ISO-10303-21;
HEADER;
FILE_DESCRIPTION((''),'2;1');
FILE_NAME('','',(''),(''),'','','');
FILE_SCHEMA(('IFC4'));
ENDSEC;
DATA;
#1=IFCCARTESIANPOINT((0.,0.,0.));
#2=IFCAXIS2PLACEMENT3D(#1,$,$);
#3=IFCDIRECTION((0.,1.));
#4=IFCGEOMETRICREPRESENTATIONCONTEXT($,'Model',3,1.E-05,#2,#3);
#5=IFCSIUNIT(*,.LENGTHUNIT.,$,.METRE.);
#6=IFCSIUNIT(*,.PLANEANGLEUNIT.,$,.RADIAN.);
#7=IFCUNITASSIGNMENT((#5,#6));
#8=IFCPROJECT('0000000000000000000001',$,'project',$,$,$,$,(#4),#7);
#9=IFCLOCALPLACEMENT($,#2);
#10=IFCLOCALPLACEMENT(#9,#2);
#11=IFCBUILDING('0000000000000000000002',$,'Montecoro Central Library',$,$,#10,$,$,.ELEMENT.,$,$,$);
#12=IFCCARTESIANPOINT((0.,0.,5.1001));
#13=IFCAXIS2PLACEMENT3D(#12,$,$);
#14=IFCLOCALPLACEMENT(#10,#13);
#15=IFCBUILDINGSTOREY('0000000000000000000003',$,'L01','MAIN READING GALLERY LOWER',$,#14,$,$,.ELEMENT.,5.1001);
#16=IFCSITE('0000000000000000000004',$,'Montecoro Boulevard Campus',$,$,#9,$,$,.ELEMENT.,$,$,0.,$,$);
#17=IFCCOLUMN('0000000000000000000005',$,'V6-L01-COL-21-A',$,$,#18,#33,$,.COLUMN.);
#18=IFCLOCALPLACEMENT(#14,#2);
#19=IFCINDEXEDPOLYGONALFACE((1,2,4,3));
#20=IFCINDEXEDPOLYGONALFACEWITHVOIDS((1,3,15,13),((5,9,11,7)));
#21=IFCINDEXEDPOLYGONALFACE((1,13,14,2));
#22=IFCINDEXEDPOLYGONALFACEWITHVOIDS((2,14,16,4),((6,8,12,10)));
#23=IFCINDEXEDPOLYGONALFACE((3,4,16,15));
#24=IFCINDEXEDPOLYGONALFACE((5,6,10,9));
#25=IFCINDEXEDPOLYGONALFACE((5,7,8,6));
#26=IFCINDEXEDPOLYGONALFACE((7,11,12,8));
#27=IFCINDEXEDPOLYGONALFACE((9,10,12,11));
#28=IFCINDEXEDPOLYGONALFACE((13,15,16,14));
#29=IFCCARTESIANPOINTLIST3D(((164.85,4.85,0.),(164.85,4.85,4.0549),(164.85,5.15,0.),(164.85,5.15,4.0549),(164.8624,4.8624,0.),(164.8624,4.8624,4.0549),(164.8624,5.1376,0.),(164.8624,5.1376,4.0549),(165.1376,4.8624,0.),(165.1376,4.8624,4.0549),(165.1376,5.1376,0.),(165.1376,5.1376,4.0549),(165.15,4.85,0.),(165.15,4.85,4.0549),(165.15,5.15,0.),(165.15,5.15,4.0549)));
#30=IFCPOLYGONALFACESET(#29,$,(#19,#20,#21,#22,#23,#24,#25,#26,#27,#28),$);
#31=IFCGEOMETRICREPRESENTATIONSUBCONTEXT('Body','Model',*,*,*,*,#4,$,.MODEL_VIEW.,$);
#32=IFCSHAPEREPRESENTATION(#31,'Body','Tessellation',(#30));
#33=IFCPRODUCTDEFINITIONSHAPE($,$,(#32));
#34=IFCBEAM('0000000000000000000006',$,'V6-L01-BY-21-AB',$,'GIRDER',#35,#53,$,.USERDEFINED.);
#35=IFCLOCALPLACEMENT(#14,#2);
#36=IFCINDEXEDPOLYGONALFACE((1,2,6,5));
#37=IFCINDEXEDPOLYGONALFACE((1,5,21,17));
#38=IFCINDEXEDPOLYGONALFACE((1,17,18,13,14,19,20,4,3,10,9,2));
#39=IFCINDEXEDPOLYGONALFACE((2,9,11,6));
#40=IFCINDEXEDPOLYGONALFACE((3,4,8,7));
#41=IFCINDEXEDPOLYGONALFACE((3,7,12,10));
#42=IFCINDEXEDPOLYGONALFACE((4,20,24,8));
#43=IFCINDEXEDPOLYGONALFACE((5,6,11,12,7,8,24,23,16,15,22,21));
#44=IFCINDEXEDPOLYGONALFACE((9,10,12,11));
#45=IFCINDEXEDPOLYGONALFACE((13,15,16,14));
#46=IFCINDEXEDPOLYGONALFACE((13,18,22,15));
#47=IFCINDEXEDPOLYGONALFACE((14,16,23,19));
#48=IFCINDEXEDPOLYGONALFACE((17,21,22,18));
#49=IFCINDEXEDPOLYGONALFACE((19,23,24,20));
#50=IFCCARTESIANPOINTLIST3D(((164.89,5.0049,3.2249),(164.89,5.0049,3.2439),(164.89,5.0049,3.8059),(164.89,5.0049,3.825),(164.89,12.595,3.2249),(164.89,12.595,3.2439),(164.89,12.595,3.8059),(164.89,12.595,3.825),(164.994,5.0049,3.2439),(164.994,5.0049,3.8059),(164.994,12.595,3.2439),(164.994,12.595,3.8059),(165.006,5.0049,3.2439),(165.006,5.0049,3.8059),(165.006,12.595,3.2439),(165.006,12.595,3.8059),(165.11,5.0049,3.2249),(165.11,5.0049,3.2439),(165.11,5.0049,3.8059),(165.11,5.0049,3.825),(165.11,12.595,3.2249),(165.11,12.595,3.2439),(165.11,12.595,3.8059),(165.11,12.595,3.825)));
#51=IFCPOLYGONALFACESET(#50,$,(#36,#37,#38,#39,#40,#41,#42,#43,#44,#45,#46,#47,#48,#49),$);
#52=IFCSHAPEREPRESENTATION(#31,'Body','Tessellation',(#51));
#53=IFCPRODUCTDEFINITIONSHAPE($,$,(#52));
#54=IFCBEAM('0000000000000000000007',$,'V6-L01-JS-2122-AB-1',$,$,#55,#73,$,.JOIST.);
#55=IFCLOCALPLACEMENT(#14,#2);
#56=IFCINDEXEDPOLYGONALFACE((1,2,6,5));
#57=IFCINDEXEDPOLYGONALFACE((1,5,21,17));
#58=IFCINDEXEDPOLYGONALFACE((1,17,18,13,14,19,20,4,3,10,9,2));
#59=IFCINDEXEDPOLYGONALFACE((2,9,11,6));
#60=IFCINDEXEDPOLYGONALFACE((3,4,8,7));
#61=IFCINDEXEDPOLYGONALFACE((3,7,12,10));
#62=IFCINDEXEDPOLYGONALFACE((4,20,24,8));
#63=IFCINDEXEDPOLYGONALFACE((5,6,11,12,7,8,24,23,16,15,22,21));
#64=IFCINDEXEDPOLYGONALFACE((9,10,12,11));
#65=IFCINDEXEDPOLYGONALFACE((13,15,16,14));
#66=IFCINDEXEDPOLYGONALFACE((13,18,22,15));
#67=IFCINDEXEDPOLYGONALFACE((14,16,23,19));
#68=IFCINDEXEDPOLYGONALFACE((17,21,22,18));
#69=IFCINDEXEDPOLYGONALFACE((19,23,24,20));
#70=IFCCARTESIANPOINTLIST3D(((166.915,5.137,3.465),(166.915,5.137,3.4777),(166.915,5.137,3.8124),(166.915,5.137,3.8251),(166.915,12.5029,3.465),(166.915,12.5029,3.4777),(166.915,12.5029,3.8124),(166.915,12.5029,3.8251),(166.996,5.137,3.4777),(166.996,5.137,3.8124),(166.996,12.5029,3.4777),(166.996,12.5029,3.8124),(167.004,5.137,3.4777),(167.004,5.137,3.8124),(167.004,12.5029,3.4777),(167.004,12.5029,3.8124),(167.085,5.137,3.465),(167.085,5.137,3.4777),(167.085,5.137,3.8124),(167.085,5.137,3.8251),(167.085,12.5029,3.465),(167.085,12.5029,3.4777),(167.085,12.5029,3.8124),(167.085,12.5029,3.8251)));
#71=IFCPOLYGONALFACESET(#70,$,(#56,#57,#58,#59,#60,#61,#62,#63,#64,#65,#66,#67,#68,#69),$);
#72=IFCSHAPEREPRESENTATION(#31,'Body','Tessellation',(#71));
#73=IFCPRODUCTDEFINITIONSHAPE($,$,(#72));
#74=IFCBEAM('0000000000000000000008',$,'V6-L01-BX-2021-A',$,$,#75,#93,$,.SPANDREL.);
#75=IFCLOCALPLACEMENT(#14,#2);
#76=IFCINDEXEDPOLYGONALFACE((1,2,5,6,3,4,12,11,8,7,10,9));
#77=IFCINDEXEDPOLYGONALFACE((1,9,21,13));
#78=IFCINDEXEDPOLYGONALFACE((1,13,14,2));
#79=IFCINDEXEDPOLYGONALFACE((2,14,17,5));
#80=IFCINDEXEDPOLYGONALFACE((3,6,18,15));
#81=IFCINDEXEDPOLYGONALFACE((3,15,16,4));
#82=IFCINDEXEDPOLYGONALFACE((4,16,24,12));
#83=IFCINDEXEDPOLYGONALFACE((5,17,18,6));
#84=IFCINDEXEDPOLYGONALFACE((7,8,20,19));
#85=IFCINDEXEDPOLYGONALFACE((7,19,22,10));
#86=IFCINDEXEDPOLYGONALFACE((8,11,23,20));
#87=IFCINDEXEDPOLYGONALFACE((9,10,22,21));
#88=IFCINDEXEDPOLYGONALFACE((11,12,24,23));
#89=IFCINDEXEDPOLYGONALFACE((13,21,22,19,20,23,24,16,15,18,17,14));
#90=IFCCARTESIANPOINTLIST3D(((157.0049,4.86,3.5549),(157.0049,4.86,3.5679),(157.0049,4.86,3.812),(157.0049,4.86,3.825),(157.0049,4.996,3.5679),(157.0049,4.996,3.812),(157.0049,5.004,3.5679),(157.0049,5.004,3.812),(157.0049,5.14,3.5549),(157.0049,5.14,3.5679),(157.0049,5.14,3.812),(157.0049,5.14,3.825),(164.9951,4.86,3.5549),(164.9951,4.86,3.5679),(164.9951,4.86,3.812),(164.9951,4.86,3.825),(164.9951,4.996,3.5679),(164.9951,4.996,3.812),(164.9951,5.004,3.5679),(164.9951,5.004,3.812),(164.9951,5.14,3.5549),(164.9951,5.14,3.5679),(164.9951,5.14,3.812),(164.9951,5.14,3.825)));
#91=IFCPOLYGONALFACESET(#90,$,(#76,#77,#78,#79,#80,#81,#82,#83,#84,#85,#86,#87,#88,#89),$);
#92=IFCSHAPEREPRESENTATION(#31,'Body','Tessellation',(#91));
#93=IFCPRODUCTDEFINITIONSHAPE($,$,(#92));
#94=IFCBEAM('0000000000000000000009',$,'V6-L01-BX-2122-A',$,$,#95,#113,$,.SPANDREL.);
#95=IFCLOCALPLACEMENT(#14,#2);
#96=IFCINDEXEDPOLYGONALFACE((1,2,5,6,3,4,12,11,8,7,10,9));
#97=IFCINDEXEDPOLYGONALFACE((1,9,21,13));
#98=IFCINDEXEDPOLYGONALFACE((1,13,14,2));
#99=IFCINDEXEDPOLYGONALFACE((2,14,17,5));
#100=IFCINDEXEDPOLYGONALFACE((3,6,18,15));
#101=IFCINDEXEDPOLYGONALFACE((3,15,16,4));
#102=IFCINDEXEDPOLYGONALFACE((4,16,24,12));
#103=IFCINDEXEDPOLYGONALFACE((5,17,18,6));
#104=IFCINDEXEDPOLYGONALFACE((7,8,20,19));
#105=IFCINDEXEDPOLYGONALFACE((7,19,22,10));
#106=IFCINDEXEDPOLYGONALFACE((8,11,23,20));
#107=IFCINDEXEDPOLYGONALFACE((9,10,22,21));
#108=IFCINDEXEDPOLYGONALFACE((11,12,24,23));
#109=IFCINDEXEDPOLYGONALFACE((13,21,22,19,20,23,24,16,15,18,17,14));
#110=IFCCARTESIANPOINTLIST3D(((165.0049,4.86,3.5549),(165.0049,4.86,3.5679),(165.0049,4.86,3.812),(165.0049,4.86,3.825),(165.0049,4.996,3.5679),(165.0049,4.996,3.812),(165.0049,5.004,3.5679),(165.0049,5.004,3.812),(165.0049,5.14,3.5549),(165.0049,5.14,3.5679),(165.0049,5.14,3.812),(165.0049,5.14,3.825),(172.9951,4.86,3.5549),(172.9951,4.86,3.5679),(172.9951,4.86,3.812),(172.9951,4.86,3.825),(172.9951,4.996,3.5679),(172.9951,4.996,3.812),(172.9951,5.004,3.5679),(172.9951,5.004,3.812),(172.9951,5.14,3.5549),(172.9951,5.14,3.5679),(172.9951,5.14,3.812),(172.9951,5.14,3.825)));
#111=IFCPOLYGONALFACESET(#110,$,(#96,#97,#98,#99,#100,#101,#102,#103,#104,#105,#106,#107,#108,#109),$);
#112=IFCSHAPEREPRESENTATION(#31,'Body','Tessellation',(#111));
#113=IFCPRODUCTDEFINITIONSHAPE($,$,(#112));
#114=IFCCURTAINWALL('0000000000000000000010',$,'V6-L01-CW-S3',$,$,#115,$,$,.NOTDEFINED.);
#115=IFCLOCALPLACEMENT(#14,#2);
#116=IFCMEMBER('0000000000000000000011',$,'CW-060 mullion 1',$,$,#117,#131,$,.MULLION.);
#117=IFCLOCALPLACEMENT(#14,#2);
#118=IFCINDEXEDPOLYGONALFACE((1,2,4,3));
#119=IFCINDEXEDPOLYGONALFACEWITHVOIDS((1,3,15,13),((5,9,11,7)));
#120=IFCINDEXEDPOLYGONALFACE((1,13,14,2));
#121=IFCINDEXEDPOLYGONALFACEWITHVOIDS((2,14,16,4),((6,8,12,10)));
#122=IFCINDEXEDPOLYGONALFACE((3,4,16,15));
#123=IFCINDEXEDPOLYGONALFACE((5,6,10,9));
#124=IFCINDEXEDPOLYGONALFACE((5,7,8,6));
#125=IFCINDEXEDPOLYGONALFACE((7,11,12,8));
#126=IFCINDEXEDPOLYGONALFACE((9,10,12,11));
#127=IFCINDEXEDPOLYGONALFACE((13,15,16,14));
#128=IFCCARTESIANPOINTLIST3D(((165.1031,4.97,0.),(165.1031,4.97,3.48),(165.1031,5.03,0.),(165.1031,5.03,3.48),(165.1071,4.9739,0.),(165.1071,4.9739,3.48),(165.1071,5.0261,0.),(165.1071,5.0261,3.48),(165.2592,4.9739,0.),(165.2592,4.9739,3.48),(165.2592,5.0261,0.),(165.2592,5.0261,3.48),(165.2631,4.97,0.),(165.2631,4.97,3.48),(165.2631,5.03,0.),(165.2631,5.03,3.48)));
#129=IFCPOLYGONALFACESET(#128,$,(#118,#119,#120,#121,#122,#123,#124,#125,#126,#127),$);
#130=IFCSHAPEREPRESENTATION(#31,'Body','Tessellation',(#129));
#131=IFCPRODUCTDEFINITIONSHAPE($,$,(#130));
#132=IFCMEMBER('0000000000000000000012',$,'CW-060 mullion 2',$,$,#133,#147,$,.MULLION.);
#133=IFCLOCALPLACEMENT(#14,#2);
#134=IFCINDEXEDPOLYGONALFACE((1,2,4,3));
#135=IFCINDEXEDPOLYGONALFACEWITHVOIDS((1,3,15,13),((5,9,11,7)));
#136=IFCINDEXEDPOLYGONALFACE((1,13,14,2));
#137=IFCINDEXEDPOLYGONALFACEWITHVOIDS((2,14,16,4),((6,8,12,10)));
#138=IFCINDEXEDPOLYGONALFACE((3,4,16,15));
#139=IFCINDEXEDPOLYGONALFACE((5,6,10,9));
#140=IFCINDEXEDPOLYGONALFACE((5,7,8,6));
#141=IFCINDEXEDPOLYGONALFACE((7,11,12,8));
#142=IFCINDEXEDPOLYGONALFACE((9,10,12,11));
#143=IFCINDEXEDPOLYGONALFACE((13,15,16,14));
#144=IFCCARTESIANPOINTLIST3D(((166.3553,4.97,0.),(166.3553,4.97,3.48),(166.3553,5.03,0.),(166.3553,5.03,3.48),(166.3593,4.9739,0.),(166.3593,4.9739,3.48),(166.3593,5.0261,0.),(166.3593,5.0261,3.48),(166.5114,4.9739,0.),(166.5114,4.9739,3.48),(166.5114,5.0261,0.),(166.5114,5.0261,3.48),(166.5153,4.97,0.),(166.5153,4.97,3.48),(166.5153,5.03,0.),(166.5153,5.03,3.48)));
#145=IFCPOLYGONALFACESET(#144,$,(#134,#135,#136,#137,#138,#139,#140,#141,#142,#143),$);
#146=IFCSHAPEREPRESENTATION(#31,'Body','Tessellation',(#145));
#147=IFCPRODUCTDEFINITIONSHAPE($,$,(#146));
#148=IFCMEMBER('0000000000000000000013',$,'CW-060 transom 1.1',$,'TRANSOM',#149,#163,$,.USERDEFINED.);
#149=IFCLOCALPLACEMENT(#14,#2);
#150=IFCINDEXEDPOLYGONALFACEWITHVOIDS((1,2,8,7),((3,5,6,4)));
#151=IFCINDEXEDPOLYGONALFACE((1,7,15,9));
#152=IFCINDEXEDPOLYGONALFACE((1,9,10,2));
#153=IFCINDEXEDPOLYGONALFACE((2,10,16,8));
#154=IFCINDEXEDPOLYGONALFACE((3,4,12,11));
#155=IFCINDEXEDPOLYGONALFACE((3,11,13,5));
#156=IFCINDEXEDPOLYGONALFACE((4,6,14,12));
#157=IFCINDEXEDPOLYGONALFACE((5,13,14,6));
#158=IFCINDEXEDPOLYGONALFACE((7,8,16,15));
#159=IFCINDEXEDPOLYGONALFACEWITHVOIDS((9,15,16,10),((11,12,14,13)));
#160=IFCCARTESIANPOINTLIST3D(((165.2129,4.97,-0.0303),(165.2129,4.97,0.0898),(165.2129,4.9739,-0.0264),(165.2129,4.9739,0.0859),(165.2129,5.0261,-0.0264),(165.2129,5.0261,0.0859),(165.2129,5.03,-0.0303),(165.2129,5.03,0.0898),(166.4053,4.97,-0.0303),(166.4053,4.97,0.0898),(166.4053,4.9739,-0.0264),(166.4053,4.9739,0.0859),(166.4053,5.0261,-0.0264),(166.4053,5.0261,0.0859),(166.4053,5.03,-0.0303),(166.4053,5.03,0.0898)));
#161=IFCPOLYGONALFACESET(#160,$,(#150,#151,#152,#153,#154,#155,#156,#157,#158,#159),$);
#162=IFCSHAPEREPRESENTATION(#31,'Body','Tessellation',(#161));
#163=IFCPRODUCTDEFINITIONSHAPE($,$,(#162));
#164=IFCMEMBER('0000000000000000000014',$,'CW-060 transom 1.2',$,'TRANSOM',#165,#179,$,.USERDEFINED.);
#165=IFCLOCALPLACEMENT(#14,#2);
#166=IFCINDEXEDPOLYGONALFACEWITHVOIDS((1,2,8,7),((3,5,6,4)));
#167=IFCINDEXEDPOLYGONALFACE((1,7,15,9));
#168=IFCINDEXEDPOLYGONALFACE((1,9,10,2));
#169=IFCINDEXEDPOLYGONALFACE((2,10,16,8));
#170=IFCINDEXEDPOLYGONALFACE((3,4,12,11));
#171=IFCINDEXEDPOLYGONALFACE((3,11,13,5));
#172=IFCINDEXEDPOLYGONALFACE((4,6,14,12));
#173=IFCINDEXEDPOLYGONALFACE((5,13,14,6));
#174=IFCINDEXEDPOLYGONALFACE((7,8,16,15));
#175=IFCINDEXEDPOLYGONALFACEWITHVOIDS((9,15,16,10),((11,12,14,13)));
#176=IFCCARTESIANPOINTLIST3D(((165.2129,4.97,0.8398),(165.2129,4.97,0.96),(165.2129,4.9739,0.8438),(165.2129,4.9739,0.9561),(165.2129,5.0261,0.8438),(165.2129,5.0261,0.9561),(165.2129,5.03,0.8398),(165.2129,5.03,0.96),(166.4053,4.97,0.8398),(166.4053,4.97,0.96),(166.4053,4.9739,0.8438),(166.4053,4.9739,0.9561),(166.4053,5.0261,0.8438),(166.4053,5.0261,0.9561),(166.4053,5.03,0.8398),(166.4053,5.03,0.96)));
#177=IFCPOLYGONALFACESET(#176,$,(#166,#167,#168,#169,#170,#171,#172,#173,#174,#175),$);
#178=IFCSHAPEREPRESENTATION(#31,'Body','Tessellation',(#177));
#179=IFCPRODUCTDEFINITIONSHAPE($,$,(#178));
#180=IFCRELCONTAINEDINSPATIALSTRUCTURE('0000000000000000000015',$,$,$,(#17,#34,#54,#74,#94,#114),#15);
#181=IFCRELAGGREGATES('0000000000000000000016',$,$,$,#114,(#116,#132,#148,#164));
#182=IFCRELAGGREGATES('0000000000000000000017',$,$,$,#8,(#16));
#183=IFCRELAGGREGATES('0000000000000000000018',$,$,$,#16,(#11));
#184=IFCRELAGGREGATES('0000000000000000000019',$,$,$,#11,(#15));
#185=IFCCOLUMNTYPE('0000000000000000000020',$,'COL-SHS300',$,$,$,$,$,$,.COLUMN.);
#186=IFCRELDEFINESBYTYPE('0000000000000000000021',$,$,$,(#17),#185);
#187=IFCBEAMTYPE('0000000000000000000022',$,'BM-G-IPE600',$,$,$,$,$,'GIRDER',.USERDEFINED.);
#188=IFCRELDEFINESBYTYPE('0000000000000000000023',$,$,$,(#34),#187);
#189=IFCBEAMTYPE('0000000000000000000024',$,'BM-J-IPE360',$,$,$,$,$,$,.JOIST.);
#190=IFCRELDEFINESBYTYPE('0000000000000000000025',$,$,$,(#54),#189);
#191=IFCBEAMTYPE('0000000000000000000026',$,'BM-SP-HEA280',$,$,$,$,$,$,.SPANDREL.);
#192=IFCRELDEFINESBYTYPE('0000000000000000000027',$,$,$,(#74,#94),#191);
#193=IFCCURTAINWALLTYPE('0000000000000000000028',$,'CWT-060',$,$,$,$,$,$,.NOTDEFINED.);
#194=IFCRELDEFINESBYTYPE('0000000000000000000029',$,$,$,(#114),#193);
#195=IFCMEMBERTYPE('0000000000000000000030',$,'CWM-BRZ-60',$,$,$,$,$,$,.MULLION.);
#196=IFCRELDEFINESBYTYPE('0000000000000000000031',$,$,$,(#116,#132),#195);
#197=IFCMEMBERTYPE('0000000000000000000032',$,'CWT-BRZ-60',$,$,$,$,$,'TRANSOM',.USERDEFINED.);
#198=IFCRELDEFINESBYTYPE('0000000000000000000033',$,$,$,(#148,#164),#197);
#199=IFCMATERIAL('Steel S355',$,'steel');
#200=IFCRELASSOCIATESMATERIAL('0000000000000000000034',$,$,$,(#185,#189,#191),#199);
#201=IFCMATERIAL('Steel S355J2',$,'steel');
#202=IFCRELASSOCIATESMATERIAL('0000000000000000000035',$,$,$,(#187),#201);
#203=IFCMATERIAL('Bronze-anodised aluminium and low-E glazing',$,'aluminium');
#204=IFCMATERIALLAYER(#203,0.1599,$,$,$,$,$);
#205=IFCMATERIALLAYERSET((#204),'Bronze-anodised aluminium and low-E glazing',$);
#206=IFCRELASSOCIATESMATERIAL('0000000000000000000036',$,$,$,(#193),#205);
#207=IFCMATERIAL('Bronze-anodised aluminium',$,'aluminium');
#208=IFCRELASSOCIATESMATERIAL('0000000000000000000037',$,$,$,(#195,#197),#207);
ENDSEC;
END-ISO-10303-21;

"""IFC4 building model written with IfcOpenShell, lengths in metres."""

from ifc_helpers import new_model, si_unit, direction, frame, origin, origin_2d, place, context, subcontext, project, spatial, hollow_rectangle, i_section, extrude, material, layer, layer_set, material_profile, profile_set, type_object, element, aggregate, save


model = new_model("IFC4")

# Units and contexts
model_context = context("Model", 3, precision=1e-05, world=origin(), true_north=direction((0.0, 1.0)))
body_context = subcontext(model_context, "Body", "Model", "MODEL_VIEW")
ifc_project = project(units=[si_unit("LENGTHUNIT", "METRE"), si_unit("PLANEANGLEUNIT", "RADIAN")], contexts=[model_context])

# Site, building, storey
site_placement = place(None, origin())
site = spatial("IfcSite", under=ifc_project, at=site_placement, Name="Montecoro Boulevard Campus", CompositionType="ELEMENT", RefElevation=0.0)
building_placement = place(site_placement, origin())
building = spatial("IfcBuilding", under=site, at=building_placement, Name="Montecoro Central Library", CompositionType="ELEMENT")
storey_placement = place(building_placement, frame((0.0, 0.0, 5.1001)))
storey = spatial("IfcBuildingStorey", under=building, at=storey_placement, Name="L01", Description="MAIN READING GALLERY LOWER", CompositionType="ELEMENT", Elevation=5.1001)

# Column
ifc_material_1 = material(Name="Steel S355", Category="steel")
ifc_material_profile_1 = material_profile(ifc_material_1, hollow_rectangle(XDim=0.3, YDim=0.3, WallThickness=0.0125, at=origin_2d()), Name="SHS 300x300x12.5")
ifc_profile_set_1 = profile_set([ifc_material_profile_1], Name="Steel S355")
column_type = type_object("IfcColumnType", Name="COL-SHS300", PredefinedType="COLUMN", material=ifc_profile_set_1)
column_placement = place(storey_placement, frame((165.0, 5.0, 0.0), z_axis=(0.0, 0.0, 1.0), x_axis=(1.0, 0.0, 0.0)))
element("IfcColumn", 1, at=column_placement, inside=storey, type_object=column_type, Name="V6-L01-COL-21-A", PredefinedType="COLUMN", context=body_context, shape_type="SweptSolid", body=[
    extrude(hollow_rectangle(XDim=0.3, YDim=0.3, WallThickness=0.0125, at=origin_2d()), origin(), (0.0, 0.0, 1.0), 4.0549),
])

# Beams
ifc_material_2 = material(Name="Steel S355J2", Category="steel")
ifc_material_profile_2 = material_profile(ifc_material_2, i_section(OverallWidth=0.22, OverallDepth=0.6001, WebThickness=0.012, FlangeThickness=0.019, at=origin_2d()), Name="IPE 600")
ifc_profile_set_2 = profile_set([ifc_material_profile_2], Name="Steel S355J2")
beam_type_1 = type_object("IfcBeamType", Name="BM-G-IPE600", ElementType="GIRDER", PredefinedType="USERDEFINED", material=ifc_profile_set_2)
beam_1_placement = place(storey_placement, frame((165.0, 5.0049, 3.5249), z_axis=(0.0, 1.0, 0.0), x_axis=(-1.0, 0.0, 0.0)))
element("IfcBeam", 2, at=beam_1_placement, inside=storey, type_object=beam_type_1, Name="V6-L01-BY-21-AB", ObjectType="GIRDER", PredefinedType="USERDEFINED", context=body_context, shape_type="SweptSolid", body=[
    extrude(i_section(OverallWidth=0.22, OverallDepth=0.6001, WebThickness=0.012, FlangeThickness=0.019, at=origin_2d()), origin(), (0.0, 0.0, 1.0), 7.5901),
])
ifc_material_profile_3 = material_profile(ifc_material_1, i_section(OverallWidth=0.1699, OverallDepth=0.3601, WebThickness=0.0081, FlangeThickness=0.0127, at=origin_2d()), Name="IPE 360")
ifc_profile_set_3 = profile_set([ifc_material_profile_3], Name="Steel S355")
beam_type_2 = type_object("IfcBeamType", Name="BM-J-IPE360", PredefinedType="JOIST", material=ifc_profile_set_3)
beam_2_placement = place(storey_placement, frame((167.0, 5.137, 3.645), z_axis=(0.0, 1.0, 0.0), x_axis=(-1.0, 0.0, 0.0)))
element("IfcBeam", 3, at=beam_2_placement, inside=storey, type_object=beam_type_2, Name="V6-L01-JS-2122-AB-1", PredefinedType="JOIST", context=body_context, shape_type="SweptSolid", body=[
    extrude(i_section(OverallWidth=0.1699, OverallDepth=0.3601, WebThickness=0.0081, FlangeThickness=0.0127, at=origin_2d()), origin(), (0.0, 0.0, 1.0), 7.366),
])
ifc_material_profile_4 = material_profile(ifc_material_1, i_section(OverallWidth=0.28, OverallDepth=0.27, WebThickness=0.0081, FlangeThickness=0.0129, at=origin_2d()), Name="HEA 280")
ifc_profile_set_4 = profile_set([ifc_material_profile_4], Name="Steel S355")
beam_type_3 = type_object("IfcBeamType", Name="BM-SP-HEA280", PredefinedType="SPANDREL", material=ifc_profile_set_4)
for number, where, z_axis, x_axis, name in (
    (4, (157.0049, 5.0, 3.6899), (1.0, 0.0, 0.0), (0.0, 1.0, 0.0), "V6-L01-BX-2021-A"),
    (5, (165.0049, 5.0, 3.6899), (1.0, 0.0, 0.0), (0.0, 1.0, 0.0), "V6-L01-BX-2122-A"),
):
    element("IfcBeam", number, at=place(storey_placement, frame(where, z_axis=z_axis, x_axis=x_axis)), inside=storey, type_object=beam_type_3, Name=name, PredefinedType="SPANDREL", context=body_context, shape_type="SweptSolid", body=[
        extrude(i_section(OverallWidth=0.28, OverallDepth=0.27, WebThickness=0.0081, FlangeThickness=0.0129, at=origin_2d()), origin(), (0.0, 0.0, 1.0), 7.9902),
    ])

# Curtain wall, members
ifc_material_3 = material(Name="Bronze-anodised aluminium and low-E glazing", Category="aluminium")
ifc_layer_1 = layer(ifc_material_3, 0.1599)
ifc_layer_set_1 = layer_set([ifc_layer_1], Name="Bronze-anodised aluminium and low-E glazing")
curtain_wall_type = type_object("IfcCurtainWallType", Name="CWT-060", PredefinedType="NOTDEFINED", material=ifc_layer_set_1)
curtain_wall_placement = place(storey_placement, origin())
curtain_wall = element("IfcCurtainWall", 6, at=curtain_wall_placement, inside=storey, type_object=curtain_wall_type, Name="V6-L01-CW-S3", PredefinedType="NOTDEFINED")
ifc_material_4 = material(Name="Bronze-anodised aluminium", Category="aluminium")
ifc_material_profile_5 = material_profile(ifc_material_4, hollow_rectangle(XDim=0.0601, YDim=0.1599, WallThickness=0.0039, at=origin_2d()), Name="CWM 160x60x4.0")
ifc_profile_set_5 = profile_set([ifc_material_profile_5], Name="Bronze-anodised aluminium")
member_type_1 = type_object("IfcMemberType", Name="CWM-BRZ-60", PredefinedType="MULLION", material=ifc_profile_set_5)
member_1_placement = place(storey_placement, frame((165.1831, 5.0, 0.0), z_axis=(0.0, 0.0, 1.0), x_axis=(0.0, 1.0, 0.0)))
member_1 = element("IfcMember", 7, at=member_1_placement, type_object=member_type_1, Name="CW-060 mullion 1", PredefinedType="MULLION", context=body_context, shape_type="SweptSolid", body=[
    extrude(hollow_rectangle(XDim=0.0601, YDim=0.1599, WallThickness=0.0039, at=origin_2d()), origin(), (0.0, 0.0, 1.0), 3.48),
])
member_2_placement = place(storey_placement, frame((166.4353, 5.0, 0.0), z_axis=(0.0, 0.0, 1.0), x_axis=(0.0, 1.0, 0.0)))
member_2 = element("IfcMember", 8, at=member_2_placement, type_object=member_type_1, Name="CW-060 mullion 2", PredefinedType="MULLION", context=body_context, shape_type="SweptSolid", body=[
    extrude(hollow_rectangle(XDim=0.0601, YDim=0.1599, WallThickness=0.0039, at=origin_2d()), origin(), (0.0, 0.0, 1.0), 3.48),
])
ifc_material_profile_6 = material_profile(ifc_material_4, hollow_rectangle(XDim=0.0601, YDim=0.1201, WallThickness=0.0039, at=origin_2d()), Name="CWT 120x60x4.0")
ifc_profile_set_6 = profile_set([ifc_material_profile_6], Name="Bronze-anodised aluminium")
member_type_2 = type_object("IfcMemberType", Name="CWT-BRZ-60", ElementType="TRANSOM", PredefinedType="USERDEFINED", material=ifc_profile_set_6)
member_3_placement = place(storey_placement, frame((165.2129, 5.0, 0.0298), z_axis=(1.0, 0.0, 0.0), x_axis=(0.0, 1.0, 0.0)))
member_3 = element("IfcMember", 9, at=member_3_placement, type_object=member_type_2, Name="CW-060 transom 1.1", ObjectType="TRANSOM", PredefinedType="USERDEFINED", context=body_context, shape_type="SweptSolid", body=[
    extrude(hollow_rectangle(XDim=0.0601, YDim=0.1201, WallThickness=0.0039, at=origin_2d()), origin(), (0.0, 0.0, 1.0), 1.1924),
])
member_4_placement = place(storey_placement, frame((165.2129, 5.0, 0.8999), z_axis=(1.0, 0.0, 0.0), x_axis=(0.0, 1.0, 0.0)))
member_4 = element("IfcMember", 10, at=member_4_placement, type_object=member_type_2, Name="CW-060 transom 1.2", ObjectType="TRANSOM", PredefinedType="USERDEFINED", context=body_context, shape_type="SweptSolid", body=[
    extrude(hollow_rectangle(XDim=0.0601, YDim=0.1201, WallThickness=0.0039, at=origin_2d()), origin(), (0.0, 0.0, 1.0), 1.1924),
])
aggregate(curtain_wall, [member_1, member_2, member_3, member_4])

save(model, "model.ifc")
